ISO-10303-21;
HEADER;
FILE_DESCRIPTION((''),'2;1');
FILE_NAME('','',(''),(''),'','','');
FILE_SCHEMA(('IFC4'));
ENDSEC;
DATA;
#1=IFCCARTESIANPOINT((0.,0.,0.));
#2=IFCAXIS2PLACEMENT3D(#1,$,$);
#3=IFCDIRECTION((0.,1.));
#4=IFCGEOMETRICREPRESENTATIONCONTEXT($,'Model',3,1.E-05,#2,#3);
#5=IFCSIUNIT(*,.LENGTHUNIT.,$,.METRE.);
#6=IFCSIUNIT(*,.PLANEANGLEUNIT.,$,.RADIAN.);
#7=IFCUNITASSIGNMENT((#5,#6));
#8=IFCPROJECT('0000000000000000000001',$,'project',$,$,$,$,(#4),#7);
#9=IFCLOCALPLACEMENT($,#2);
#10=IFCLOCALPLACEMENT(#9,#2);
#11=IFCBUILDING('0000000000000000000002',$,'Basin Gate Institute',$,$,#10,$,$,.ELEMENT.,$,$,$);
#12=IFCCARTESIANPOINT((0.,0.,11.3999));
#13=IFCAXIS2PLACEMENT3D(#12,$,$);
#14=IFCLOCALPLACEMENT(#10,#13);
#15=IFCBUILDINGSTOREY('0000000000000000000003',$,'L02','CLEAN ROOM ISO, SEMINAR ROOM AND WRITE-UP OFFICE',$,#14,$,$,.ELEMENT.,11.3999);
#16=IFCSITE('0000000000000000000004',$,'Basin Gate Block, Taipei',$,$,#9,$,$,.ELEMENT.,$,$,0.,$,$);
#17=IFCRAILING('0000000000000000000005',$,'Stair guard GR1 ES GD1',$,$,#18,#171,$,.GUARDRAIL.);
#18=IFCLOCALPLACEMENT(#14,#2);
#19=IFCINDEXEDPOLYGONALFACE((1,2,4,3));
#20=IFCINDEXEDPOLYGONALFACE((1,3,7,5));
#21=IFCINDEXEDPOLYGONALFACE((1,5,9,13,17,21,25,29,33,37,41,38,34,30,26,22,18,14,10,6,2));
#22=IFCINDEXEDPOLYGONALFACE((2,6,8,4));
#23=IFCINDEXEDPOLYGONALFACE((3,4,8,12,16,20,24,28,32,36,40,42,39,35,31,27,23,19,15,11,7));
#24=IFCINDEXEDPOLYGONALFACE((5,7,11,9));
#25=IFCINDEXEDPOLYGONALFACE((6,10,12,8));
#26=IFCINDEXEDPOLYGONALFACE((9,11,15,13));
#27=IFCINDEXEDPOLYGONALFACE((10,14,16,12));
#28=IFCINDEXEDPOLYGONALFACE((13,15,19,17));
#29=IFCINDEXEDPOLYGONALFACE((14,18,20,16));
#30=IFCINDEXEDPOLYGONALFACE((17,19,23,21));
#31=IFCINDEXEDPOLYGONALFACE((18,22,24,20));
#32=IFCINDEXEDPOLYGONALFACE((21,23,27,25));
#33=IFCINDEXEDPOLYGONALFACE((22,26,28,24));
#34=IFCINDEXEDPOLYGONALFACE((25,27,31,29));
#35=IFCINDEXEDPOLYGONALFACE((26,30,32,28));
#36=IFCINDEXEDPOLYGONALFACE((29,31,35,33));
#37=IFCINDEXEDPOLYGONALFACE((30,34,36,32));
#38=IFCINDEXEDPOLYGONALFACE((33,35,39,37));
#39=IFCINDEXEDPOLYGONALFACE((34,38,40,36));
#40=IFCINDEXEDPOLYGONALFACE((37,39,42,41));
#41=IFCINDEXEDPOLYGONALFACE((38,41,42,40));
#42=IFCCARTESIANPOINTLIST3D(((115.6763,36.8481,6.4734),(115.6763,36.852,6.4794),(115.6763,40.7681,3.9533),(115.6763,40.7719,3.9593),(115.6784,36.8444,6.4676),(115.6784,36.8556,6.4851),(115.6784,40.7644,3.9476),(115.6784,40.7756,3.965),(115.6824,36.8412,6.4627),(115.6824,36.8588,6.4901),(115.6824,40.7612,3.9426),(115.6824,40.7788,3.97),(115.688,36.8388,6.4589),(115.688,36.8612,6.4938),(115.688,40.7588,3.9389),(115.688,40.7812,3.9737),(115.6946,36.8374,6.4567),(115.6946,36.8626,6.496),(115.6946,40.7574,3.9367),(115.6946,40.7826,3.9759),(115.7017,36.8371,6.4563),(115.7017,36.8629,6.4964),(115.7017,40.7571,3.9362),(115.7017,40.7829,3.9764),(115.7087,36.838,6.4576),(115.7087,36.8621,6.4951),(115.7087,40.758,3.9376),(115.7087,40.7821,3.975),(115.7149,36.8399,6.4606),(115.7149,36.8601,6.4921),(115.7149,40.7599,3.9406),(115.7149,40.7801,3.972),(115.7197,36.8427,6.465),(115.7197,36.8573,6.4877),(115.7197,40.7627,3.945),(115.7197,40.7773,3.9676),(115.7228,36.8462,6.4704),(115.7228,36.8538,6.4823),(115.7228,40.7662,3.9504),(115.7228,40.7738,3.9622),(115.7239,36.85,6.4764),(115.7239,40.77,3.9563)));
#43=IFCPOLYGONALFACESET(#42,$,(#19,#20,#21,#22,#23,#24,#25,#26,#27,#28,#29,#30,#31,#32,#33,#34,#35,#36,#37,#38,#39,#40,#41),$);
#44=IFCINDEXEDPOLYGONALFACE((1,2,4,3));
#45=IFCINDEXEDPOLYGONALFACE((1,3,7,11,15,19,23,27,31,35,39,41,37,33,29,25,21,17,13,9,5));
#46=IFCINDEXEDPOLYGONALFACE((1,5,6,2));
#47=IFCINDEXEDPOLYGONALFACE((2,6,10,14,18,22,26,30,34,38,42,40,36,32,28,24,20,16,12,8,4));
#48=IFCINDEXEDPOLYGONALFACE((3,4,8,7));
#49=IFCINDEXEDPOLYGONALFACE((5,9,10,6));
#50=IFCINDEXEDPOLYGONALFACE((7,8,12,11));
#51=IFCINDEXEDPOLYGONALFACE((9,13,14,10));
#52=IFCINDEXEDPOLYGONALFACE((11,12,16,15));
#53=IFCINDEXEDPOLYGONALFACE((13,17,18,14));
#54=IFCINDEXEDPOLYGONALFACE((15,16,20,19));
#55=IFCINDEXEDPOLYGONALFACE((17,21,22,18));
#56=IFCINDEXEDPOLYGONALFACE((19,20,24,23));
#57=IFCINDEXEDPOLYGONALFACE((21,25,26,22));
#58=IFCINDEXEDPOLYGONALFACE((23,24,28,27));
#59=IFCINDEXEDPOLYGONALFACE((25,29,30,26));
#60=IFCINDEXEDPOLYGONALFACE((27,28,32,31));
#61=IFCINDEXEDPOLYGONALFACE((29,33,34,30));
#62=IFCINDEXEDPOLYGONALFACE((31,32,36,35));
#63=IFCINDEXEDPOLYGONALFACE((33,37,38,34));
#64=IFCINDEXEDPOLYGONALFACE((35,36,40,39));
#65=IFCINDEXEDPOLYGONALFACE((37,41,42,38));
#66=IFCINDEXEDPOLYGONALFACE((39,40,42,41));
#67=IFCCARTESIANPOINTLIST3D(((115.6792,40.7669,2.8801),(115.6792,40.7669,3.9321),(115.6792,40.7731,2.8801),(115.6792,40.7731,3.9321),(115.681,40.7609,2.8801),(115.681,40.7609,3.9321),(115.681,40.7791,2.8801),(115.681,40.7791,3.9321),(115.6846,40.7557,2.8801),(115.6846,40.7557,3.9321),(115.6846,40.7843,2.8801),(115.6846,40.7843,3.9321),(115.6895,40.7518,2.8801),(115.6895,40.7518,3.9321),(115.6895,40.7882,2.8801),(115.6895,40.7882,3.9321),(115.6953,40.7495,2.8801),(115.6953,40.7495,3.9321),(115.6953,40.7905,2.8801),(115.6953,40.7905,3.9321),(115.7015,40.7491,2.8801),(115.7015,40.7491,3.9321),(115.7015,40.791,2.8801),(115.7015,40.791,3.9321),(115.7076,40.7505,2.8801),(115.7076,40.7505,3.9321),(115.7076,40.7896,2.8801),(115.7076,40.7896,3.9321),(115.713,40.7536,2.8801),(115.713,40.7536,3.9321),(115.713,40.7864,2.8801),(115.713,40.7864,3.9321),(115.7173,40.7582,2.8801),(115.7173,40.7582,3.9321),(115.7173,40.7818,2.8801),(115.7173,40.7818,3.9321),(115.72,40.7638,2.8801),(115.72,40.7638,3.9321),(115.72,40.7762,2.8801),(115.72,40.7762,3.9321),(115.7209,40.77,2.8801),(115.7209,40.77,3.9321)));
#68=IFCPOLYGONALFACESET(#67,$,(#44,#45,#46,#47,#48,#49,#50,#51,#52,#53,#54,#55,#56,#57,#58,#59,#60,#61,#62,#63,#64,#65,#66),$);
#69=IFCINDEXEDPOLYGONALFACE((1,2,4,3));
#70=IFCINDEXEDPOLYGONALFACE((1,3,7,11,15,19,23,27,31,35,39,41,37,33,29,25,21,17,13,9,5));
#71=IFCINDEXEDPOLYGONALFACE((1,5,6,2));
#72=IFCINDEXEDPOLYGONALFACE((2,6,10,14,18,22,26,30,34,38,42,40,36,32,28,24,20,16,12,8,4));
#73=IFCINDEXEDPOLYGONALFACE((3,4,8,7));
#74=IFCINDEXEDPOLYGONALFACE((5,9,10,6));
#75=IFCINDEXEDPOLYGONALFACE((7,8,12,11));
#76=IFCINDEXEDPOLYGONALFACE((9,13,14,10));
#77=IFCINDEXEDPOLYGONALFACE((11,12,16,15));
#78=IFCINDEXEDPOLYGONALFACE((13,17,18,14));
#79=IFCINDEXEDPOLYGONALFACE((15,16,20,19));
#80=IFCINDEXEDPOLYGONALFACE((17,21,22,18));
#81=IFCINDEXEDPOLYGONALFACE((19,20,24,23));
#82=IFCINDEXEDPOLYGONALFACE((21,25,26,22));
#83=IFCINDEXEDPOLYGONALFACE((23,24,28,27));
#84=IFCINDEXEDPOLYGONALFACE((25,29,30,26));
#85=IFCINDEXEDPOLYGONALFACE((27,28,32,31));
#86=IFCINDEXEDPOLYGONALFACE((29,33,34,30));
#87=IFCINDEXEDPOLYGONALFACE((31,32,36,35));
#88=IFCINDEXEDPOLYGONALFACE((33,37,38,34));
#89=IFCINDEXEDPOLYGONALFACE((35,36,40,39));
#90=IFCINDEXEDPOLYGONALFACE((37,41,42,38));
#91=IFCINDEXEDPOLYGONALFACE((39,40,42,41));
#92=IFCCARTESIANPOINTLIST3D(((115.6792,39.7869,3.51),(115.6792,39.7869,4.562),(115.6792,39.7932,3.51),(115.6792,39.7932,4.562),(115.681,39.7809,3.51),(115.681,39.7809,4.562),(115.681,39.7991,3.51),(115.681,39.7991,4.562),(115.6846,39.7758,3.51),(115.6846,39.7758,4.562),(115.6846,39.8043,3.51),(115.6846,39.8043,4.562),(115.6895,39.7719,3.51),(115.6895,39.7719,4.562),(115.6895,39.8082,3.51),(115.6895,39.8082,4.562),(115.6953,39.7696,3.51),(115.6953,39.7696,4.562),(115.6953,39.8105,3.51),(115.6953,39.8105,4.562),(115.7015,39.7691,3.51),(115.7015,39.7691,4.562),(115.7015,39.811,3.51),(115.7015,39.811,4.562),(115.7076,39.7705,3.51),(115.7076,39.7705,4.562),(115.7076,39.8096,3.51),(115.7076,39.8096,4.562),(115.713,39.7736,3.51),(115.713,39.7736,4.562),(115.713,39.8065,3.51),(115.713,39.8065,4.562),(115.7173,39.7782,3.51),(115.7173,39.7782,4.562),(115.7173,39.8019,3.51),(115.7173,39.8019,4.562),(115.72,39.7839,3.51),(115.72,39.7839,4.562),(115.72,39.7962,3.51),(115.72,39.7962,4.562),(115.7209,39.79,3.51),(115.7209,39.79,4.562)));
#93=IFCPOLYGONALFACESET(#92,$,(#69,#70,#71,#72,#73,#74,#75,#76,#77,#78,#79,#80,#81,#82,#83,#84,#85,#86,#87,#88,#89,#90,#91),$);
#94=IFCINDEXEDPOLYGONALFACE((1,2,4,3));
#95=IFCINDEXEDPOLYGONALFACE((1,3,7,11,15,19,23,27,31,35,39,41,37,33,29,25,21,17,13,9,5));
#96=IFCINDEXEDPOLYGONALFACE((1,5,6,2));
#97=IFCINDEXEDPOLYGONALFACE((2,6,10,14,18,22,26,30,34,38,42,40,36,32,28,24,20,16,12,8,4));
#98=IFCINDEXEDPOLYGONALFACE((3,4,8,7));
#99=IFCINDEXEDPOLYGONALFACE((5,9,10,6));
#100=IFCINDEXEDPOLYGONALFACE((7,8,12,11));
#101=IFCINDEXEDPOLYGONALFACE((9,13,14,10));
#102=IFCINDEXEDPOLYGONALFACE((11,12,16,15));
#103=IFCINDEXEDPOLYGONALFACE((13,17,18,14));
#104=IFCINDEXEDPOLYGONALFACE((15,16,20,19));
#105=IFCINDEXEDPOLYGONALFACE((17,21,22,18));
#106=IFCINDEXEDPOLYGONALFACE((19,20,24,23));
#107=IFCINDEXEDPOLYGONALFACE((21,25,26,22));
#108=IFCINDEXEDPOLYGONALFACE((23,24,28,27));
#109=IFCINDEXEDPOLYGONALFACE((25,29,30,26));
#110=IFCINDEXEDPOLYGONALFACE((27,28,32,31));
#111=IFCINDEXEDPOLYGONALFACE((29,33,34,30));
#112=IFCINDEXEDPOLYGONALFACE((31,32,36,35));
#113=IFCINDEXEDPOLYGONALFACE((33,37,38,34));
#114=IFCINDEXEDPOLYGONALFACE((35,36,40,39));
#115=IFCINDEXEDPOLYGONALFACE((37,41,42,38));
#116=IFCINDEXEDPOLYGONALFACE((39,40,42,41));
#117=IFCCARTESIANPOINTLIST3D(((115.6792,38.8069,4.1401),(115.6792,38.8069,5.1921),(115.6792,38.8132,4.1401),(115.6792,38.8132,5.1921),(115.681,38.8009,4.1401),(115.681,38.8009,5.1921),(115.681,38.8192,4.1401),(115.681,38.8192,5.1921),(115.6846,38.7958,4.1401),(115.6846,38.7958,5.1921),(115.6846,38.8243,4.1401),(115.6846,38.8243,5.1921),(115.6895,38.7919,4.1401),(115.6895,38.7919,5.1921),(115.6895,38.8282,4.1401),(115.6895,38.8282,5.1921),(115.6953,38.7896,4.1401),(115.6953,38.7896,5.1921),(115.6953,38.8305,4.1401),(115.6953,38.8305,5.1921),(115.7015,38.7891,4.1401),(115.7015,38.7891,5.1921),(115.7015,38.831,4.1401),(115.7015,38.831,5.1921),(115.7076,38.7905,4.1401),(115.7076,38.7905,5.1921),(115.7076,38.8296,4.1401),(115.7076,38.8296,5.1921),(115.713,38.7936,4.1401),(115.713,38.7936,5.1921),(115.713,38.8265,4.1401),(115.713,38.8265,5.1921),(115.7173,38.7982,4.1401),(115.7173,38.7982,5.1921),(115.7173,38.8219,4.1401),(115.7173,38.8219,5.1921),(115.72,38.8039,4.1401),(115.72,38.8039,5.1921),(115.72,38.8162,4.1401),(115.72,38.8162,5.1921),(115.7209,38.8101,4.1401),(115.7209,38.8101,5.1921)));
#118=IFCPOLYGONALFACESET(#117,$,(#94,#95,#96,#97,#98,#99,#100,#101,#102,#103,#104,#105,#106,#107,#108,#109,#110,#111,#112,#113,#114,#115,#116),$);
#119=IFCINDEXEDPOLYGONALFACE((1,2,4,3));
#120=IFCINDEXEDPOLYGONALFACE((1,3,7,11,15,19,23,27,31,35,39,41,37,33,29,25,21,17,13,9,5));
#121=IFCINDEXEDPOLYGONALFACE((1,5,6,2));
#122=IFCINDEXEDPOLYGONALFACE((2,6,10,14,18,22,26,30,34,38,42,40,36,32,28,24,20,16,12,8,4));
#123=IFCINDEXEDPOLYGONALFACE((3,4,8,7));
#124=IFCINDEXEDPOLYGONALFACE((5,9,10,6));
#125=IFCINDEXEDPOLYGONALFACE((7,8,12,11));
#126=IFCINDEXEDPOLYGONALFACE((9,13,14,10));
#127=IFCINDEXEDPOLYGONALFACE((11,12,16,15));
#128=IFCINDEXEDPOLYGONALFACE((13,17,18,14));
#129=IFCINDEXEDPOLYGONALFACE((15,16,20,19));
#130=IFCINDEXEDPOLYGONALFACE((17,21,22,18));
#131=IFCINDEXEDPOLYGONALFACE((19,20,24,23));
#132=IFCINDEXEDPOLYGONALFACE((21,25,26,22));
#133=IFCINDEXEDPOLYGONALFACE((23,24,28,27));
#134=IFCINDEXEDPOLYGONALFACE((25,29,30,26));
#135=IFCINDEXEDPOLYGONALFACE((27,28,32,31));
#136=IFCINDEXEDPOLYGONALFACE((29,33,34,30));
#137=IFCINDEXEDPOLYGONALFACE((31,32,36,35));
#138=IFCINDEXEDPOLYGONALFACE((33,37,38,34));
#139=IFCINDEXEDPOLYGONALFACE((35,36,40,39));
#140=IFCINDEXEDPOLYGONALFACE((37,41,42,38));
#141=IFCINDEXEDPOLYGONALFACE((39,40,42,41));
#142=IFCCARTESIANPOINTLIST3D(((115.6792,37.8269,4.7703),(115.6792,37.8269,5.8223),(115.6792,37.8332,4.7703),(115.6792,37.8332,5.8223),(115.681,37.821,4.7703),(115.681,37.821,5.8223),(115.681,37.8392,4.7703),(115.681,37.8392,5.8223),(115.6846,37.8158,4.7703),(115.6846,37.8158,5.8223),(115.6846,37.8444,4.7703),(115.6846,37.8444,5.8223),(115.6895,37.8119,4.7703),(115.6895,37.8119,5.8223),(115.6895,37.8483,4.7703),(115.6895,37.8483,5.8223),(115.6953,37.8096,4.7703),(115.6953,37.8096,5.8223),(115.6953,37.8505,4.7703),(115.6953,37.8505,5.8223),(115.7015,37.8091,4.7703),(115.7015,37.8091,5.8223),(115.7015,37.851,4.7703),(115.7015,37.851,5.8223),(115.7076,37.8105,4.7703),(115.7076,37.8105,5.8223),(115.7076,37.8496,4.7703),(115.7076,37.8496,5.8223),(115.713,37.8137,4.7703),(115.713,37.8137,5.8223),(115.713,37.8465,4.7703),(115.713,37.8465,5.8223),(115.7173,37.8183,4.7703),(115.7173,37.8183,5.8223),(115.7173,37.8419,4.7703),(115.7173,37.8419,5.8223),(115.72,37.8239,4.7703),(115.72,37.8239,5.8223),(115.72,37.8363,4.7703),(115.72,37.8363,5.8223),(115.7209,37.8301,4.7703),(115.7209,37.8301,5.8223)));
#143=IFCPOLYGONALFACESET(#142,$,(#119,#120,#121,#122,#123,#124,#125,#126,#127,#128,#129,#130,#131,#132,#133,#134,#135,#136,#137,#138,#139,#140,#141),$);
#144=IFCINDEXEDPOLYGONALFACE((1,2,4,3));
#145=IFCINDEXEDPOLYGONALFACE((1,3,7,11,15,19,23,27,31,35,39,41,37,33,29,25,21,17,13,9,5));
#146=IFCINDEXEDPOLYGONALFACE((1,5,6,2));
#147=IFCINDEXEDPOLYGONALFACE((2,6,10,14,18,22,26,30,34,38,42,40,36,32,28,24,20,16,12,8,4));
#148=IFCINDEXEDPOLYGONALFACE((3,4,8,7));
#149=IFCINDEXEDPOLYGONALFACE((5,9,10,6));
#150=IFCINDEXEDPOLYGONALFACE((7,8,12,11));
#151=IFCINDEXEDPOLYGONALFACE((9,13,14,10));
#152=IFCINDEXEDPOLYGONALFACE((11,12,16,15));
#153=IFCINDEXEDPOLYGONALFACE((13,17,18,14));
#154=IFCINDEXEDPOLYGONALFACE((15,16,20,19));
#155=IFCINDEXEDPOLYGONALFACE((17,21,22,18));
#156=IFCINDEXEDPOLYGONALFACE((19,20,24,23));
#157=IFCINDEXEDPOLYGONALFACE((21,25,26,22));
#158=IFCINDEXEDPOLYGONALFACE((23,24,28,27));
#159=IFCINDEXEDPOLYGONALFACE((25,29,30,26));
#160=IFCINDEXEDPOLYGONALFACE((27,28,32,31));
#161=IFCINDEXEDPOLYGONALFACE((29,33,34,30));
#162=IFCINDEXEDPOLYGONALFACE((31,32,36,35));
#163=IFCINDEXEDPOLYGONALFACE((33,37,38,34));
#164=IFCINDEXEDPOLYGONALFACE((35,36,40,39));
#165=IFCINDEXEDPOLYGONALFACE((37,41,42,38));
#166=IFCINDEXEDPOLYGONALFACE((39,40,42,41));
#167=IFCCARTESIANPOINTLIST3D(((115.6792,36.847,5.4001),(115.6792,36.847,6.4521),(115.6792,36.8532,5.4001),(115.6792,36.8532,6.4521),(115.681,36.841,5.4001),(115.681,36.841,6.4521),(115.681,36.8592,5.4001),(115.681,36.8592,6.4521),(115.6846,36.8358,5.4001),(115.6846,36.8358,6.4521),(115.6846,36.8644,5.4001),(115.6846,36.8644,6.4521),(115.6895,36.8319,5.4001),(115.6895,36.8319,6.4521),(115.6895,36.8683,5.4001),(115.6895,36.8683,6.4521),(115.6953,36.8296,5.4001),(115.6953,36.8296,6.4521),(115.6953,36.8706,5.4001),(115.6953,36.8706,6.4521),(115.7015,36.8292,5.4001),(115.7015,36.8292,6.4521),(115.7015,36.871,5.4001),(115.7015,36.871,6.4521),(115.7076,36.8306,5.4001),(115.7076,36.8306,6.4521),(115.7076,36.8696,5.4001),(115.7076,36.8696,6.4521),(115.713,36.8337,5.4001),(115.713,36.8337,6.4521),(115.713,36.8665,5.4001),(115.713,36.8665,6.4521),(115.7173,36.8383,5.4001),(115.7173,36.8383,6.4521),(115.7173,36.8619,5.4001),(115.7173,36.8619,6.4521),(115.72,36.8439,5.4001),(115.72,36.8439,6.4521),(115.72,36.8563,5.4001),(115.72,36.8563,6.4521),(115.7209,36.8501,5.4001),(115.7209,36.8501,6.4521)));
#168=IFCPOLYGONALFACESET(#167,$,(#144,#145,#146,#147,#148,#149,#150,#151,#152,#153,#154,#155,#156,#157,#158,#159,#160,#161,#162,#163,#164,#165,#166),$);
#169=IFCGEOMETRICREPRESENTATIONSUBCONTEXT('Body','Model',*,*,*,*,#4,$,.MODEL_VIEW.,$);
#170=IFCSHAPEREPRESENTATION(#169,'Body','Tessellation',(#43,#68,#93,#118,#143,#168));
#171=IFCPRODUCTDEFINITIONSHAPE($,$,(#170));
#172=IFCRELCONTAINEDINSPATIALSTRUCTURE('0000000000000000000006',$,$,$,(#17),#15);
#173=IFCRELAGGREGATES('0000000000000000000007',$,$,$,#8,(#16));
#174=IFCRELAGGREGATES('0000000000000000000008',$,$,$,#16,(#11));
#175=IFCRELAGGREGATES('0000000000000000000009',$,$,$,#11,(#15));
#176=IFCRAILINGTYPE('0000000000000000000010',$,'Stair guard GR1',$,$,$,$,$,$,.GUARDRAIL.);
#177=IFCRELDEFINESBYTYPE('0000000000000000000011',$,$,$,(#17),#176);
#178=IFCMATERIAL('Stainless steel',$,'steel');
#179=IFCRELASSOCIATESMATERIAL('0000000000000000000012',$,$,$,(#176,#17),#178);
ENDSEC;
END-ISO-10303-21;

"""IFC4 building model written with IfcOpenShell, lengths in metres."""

from ifc_helpers import new_model, si_unit, direction, frame, origin, origin_2d, place, context, subcontext, project, spatial, circle, extrude, material, type_object, element, save


model = new_model("IFC4")

# Units and contexts
model_context = context("Model", 3, precision=1e-05, world=origin(), true_north=direction((0.0, 1.0)))
body_context = subcontext(model_context, "Body", "Model", "MODEL_VIEW")
ifc_project = project(units=[si_unit("LENGTHUNIT", "METRE"), si_unit("PLANEANGLEUNIT", "RADIAN")], contexts=[model_context])

# Site, building, storey
site_placement = place(None, origin())
site = spatial("IfcSite", under=ifc_project, at=site_placement, Name="Basin Gate Block, Taipei", CompositionType="ELEMENT", RefElevation=0.0)
building_placement = place(site_placement, origin())
building = spatial("IfcBuilding", under=site, at=building_placement, Name="Basin Gate Institute", CompositionType="ELEMENT")
storey_placement = place(building_placement, frame((0.0, 0.0, 11.3999)))
storey = spatial("IfcBuildingStorey", under=building, at=storey_placement, Name="L02", Description="CLEAN ROOM ISO, SEMINAR ROOM AND WRITE-UP OFFICE", CompositionType="ELEMENT", Elevation=11.3999)

# Railing
ifc_material_1 = material(Name="Stainless steel", Category="steel")
railing_type_1 = type_object("IfcRailingType", Name="Stair guard GR1", PredefinedType="GUARDRAIL", material=ifc_material_1)
railing_1_placement = place(storey_placement, frame((115.7, 40.77, 2.8801)))
element("IfcRailing", 1, at=railing_1_placement, inside=storey, type_object=railing_type_1, material=ifc_material_1, Name="Stair guard GR1 ES GD1", PredefinedType="GUARDRAIL", context=body_context, shape_type="SweptSolid", body=[
    extrude(circle(Radius=0.0239, at=origin_2d()), frame((0.0, 0.0, 1.0762), z_axis=(0.0, -0.841172, 0.540768), x_axis=(1.0, 0.0, 0.0)), (0.0, 0.0, 1.0), 4.6602),
    extrude(circle(Radius=0.021, at=origin_2d()), origin(), (0.0, 0.0, 1.0), 1.052),
    extrude(circle(Radius=0.021, at=origin_2d()), frame((0.0, -0.98, 0.6299)), (0.0, 0.0, 1.0), 1.052),
    extrude(circle(Radius=0.021, at=origin_2d()), frame((0.0, -1.96, 1.26)), (0.0, 0.0, 1.0), 1.052),
    extrude(circle(Radius=0.021, at=origin_2d()), frame((0.0, -2.9399, 1.8901)), (0.0, 0.0, 1.0), 1.052),
    extrude(circle(Radius=0.021, at=origin_2d()), frame((0.0, -3.9199, 2.52)), (0.0, 0.0, 1.0), 1.052),
])

save(model, "model.ifc")
